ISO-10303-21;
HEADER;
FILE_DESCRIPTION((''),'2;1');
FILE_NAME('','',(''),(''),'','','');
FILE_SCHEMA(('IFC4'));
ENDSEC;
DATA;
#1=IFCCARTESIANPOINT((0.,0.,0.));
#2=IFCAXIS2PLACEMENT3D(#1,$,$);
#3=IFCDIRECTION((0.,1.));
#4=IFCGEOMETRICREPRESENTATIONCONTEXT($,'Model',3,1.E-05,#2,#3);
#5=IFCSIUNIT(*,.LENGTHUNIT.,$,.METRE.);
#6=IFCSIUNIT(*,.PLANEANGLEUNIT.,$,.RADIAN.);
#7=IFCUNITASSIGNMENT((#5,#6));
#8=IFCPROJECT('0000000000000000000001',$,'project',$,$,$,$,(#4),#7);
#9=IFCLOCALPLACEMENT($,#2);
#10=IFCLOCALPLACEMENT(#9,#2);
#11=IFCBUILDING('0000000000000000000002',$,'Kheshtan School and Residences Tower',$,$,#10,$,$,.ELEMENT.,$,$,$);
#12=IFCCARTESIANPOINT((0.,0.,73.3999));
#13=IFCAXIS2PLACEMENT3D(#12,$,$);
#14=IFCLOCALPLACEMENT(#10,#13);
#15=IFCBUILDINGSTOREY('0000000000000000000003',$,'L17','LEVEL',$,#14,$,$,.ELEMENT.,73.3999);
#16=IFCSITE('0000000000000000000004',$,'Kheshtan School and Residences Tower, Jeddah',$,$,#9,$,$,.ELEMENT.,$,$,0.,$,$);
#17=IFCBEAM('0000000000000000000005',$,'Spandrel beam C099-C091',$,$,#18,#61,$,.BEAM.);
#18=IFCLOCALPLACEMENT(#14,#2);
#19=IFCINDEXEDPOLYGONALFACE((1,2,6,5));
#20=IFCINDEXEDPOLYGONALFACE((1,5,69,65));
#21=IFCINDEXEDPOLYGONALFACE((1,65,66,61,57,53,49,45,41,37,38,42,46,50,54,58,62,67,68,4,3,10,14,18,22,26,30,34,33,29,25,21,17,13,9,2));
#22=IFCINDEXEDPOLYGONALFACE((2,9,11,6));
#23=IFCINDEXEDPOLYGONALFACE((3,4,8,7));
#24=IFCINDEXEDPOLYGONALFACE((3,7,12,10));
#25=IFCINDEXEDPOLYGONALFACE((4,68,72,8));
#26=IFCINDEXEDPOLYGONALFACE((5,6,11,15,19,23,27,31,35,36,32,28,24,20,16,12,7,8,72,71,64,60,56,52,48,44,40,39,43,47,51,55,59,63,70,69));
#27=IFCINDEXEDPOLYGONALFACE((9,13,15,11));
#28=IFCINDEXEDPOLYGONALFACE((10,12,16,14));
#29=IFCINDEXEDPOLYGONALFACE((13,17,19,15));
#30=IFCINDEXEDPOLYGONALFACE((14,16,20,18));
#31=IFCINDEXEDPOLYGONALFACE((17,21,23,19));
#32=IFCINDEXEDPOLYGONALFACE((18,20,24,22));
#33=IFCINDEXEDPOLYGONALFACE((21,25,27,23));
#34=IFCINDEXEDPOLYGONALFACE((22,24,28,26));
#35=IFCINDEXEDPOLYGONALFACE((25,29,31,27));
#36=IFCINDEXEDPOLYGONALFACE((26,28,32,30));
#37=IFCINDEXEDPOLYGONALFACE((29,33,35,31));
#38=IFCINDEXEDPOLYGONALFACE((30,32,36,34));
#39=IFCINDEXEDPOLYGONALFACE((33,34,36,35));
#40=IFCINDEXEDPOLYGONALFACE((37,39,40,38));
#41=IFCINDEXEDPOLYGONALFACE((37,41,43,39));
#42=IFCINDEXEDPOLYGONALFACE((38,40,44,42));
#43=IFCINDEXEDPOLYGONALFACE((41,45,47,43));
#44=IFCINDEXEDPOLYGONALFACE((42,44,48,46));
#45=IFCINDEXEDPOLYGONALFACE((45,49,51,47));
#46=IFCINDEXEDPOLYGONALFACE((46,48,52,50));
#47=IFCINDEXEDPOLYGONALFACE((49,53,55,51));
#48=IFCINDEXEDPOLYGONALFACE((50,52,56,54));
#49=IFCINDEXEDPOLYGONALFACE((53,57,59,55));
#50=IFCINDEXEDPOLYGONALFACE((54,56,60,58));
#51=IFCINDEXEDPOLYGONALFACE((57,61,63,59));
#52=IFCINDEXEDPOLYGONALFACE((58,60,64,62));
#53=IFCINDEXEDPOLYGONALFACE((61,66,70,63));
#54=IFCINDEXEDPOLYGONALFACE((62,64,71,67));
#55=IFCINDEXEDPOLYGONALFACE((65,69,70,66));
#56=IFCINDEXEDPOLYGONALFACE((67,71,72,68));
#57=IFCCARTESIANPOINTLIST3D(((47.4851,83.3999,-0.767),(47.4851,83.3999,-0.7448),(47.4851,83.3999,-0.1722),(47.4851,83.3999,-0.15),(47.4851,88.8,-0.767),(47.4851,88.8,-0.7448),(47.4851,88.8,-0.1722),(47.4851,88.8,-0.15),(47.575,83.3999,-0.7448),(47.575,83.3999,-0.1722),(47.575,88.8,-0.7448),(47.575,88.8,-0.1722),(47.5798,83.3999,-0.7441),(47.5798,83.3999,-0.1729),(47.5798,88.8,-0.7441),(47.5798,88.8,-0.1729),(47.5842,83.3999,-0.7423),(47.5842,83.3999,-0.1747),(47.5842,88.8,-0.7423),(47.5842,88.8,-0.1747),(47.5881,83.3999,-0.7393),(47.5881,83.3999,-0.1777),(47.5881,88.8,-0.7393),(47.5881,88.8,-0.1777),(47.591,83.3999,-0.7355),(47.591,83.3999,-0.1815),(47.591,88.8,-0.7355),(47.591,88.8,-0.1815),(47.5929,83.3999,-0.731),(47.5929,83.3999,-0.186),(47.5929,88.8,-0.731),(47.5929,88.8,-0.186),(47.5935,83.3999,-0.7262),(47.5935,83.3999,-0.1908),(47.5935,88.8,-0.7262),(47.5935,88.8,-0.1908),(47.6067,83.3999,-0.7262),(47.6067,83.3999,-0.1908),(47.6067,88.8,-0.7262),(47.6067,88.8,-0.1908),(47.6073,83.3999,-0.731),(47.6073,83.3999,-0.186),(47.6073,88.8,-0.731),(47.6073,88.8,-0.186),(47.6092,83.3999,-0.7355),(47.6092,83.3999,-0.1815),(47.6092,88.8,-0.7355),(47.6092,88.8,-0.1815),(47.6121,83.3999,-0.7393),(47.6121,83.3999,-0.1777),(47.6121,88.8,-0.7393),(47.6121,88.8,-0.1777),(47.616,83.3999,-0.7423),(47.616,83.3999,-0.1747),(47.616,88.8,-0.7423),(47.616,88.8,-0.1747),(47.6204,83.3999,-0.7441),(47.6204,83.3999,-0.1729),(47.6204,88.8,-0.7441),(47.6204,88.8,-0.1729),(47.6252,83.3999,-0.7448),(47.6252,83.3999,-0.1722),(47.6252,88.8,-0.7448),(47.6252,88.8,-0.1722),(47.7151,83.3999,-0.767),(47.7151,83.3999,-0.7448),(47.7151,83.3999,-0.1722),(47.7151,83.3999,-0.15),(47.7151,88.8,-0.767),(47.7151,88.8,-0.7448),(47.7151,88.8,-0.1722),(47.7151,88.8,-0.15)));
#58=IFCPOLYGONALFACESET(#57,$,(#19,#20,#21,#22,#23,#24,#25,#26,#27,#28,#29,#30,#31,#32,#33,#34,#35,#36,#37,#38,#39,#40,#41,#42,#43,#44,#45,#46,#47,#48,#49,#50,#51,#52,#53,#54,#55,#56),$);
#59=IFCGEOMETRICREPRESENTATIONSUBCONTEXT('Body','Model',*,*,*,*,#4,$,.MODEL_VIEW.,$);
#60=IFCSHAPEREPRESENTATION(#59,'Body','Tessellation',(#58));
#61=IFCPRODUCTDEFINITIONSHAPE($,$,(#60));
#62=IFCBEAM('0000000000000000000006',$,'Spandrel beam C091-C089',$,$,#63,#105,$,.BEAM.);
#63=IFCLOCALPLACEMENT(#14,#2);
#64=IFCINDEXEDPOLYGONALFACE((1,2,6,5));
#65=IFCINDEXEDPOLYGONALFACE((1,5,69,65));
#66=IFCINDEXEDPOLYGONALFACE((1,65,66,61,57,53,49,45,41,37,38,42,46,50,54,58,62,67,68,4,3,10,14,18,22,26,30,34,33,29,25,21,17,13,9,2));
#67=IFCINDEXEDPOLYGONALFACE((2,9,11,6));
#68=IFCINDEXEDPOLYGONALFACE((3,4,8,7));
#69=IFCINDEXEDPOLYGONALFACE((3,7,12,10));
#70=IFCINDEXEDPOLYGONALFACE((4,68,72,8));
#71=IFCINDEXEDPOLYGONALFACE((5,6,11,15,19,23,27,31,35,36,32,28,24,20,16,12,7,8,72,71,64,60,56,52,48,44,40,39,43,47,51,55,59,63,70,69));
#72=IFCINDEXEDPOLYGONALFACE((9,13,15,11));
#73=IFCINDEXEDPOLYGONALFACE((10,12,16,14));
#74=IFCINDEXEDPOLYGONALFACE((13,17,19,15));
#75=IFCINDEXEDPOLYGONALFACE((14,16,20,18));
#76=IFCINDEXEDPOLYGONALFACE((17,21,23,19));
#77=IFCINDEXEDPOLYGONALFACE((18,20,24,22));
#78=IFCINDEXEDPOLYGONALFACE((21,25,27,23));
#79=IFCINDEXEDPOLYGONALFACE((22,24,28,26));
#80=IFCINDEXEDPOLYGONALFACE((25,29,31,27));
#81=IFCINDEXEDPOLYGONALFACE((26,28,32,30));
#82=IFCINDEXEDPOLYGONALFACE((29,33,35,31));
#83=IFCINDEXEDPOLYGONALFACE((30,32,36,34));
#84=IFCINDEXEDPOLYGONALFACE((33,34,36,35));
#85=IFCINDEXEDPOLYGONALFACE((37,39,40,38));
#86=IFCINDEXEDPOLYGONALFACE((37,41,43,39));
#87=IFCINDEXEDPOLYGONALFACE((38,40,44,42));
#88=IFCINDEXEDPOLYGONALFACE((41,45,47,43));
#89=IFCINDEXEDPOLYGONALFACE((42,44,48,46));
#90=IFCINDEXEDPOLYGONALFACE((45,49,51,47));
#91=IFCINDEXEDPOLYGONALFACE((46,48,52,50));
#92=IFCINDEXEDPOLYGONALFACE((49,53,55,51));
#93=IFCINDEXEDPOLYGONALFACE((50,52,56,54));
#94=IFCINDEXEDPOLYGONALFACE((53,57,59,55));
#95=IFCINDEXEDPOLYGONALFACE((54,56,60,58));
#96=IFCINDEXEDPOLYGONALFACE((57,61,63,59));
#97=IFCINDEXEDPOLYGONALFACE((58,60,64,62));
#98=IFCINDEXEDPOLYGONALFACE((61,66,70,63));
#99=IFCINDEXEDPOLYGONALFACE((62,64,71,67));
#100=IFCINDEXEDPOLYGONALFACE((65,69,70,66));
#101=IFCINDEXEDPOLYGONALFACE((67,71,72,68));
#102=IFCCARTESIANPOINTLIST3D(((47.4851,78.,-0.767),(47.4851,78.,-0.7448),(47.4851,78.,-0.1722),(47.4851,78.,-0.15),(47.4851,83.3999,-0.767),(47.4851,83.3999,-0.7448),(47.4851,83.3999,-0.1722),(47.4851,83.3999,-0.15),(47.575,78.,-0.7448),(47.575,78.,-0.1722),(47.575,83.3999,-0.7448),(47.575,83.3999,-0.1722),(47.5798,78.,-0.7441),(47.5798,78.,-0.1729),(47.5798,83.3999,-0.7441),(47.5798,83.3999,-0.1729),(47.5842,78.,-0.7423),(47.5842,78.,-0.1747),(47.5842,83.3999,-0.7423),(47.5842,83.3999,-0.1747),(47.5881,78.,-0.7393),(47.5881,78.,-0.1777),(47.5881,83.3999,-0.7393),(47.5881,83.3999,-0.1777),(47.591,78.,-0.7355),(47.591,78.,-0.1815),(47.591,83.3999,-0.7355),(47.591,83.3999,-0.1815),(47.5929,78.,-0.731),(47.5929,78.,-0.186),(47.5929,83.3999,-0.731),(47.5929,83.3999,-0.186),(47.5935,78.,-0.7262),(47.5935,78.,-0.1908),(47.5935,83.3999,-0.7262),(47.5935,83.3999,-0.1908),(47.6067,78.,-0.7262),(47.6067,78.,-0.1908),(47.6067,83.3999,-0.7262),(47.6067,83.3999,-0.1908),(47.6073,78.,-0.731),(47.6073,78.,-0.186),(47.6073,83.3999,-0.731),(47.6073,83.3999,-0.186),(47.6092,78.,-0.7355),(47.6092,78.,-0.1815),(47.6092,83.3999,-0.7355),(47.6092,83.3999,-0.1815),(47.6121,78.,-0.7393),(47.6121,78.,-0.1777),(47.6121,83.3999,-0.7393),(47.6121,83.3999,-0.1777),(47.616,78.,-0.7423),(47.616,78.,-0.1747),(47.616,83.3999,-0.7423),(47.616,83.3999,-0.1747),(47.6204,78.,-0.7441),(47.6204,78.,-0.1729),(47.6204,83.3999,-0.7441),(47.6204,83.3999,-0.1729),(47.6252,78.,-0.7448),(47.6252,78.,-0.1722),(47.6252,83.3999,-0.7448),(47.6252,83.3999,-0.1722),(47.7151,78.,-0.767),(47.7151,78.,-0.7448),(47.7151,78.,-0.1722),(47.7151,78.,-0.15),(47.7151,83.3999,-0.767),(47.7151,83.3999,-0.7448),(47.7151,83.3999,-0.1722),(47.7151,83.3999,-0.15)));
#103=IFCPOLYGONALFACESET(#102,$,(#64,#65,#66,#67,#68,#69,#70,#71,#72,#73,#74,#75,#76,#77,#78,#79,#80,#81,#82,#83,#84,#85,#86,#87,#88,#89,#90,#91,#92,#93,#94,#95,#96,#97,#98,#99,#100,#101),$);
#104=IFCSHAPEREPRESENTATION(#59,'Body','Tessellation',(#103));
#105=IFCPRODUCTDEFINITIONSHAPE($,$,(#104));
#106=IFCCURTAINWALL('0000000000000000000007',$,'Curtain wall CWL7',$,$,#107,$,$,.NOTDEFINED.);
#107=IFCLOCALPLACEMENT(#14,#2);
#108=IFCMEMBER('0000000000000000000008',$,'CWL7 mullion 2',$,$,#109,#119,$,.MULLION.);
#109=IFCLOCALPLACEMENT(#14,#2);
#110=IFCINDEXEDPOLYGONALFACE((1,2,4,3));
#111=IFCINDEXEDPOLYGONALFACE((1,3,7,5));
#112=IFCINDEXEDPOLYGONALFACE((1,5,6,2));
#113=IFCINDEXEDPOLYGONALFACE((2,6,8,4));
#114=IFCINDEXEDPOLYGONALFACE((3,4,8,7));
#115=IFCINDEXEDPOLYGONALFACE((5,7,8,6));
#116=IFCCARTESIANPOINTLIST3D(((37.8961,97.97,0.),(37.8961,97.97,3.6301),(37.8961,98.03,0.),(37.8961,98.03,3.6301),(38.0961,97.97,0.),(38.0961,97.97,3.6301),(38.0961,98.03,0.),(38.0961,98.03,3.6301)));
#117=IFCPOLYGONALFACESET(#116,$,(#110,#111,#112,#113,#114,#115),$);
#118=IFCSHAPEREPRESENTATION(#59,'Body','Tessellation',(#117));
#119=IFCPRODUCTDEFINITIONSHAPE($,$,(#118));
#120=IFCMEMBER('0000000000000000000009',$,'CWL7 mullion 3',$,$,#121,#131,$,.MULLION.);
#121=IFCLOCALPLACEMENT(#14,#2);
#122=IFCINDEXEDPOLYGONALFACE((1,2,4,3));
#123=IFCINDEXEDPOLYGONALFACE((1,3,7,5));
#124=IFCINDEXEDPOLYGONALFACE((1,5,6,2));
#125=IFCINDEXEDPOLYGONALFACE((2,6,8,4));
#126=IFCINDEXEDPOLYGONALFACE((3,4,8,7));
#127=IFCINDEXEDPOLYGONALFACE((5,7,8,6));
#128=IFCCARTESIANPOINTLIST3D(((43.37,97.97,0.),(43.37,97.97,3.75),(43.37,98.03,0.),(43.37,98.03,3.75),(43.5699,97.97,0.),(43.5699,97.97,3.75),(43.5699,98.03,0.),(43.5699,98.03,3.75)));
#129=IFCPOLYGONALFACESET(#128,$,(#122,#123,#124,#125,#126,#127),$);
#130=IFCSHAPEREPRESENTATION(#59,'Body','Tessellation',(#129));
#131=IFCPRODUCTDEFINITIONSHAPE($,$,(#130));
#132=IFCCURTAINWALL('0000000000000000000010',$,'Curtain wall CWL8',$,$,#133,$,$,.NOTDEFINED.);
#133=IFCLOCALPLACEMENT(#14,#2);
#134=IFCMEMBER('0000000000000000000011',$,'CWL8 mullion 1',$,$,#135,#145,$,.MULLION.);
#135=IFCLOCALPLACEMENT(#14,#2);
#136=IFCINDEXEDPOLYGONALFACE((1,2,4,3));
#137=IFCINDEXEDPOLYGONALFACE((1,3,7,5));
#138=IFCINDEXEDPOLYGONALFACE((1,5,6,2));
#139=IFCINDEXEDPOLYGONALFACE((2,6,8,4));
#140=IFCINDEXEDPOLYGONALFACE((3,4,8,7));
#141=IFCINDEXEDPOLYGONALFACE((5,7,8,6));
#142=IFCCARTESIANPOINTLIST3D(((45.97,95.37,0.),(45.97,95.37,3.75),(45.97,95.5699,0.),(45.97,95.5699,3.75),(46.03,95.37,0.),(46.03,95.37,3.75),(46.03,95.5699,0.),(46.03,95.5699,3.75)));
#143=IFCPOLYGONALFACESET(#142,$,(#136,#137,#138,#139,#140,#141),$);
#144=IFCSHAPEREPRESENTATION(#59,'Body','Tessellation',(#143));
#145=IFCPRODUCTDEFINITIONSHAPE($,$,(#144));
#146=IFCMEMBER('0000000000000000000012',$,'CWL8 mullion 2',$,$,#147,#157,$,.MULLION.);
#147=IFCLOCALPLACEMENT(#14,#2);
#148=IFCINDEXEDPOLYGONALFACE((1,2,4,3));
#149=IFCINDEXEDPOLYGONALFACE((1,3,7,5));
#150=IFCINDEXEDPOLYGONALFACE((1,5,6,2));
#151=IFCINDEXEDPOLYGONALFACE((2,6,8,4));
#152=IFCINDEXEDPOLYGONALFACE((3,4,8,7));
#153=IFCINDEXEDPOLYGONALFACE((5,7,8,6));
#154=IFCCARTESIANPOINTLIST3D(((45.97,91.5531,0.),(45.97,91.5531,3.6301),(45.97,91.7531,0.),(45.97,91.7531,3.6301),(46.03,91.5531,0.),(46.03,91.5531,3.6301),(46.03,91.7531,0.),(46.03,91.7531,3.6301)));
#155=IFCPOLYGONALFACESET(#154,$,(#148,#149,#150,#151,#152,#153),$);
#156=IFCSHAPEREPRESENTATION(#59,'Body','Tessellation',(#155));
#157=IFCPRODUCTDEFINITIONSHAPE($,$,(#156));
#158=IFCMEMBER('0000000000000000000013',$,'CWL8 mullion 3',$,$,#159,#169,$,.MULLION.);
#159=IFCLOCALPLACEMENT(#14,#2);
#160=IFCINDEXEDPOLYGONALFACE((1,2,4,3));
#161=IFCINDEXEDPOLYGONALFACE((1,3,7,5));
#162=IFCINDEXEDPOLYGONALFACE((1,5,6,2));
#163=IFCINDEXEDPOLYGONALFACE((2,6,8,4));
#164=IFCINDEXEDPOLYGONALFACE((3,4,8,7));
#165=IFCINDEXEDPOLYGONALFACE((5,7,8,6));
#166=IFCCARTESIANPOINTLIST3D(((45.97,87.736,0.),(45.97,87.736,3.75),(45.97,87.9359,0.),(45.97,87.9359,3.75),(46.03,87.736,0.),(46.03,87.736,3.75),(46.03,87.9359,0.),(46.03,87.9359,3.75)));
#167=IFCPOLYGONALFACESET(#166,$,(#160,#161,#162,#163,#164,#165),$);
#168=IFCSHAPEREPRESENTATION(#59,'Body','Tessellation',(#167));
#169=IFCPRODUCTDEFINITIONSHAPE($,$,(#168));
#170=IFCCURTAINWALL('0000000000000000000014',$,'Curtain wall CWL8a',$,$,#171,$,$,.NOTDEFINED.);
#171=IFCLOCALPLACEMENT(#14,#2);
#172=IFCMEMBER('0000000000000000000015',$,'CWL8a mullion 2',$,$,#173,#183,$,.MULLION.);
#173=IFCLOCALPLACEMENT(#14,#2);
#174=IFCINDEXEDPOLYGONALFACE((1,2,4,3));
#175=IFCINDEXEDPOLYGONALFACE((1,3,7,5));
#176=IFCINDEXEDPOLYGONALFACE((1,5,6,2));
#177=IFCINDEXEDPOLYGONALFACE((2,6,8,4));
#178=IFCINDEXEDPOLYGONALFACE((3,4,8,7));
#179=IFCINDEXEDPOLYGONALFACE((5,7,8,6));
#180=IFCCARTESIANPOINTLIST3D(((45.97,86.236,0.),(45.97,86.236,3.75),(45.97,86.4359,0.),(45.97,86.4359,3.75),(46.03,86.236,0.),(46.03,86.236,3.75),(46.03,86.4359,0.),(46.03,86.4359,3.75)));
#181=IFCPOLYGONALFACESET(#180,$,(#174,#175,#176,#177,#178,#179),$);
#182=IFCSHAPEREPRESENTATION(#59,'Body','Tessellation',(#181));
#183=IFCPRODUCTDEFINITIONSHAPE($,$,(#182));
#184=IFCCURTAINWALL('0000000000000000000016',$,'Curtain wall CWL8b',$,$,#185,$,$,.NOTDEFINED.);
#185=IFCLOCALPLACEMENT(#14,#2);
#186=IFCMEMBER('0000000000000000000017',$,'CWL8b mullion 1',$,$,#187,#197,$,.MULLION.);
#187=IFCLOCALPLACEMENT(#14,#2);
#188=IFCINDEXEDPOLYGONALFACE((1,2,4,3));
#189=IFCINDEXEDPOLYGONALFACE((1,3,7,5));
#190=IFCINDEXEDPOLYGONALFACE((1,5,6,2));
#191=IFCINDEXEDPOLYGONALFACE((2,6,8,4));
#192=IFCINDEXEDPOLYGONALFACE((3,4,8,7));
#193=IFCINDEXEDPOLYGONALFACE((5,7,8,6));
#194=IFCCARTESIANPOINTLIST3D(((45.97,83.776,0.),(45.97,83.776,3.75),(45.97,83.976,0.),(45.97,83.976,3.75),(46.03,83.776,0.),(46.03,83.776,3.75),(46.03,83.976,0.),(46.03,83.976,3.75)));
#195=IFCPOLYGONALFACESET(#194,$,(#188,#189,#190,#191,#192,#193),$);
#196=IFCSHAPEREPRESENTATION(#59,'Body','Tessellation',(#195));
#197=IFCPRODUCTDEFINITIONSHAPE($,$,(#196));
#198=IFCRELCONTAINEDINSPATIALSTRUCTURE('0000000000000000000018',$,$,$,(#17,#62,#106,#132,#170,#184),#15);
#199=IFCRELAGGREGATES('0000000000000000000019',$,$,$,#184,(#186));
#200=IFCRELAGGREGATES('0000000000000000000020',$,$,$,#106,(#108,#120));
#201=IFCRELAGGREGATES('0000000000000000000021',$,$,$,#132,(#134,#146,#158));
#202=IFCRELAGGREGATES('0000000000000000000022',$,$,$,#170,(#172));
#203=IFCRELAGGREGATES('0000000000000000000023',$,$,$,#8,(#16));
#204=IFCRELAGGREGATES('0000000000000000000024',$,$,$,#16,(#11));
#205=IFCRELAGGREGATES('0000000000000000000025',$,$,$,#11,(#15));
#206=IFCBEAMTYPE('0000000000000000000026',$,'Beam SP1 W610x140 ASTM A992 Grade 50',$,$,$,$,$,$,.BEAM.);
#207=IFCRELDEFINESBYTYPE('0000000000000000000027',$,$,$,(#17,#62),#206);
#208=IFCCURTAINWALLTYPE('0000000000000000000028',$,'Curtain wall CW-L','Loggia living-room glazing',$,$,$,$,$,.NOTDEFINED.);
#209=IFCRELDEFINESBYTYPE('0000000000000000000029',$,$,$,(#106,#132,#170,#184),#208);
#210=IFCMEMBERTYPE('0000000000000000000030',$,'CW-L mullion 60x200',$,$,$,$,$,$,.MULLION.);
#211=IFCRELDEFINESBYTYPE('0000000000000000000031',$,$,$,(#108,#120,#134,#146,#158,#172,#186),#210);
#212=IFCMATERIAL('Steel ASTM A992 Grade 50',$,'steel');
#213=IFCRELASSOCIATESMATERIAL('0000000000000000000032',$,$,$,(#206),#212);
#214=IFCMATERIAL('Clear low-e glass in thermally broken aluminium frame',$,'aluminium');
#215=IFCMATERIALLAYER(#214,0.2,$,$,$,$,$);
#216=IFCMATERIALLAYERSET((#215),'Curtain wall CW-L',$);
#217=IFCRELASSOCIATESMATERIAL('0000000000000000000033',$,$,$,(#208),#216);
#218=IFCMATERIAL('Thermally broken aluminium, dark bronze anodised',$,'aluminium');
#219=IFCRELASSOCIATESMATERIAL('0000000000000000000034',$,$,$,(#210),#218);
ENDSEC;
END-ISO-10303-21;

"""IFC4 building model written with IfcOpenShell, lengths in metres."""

from ifc_helpers import new_model, si_unit, direction, frame, origin, origin_2d, place, context, subcontext, project, spatial, rectangle, i_section, extrude, material, layer, layer_set, material_profile, profile_set, type_object, element, aggregate, save


model = new_model("IFC4")

# Units and contexts
model_context = context("Model", 3, precision=1e-05, world=origin(), true_north=direction((0.0, 1.0)))
body_context = subcontext(model_context, "Body", "Model", "MODEL_VIEW")
ifc_project = project(units=[si_unit("LENGTHUNIT", "METRE"), si_unit("PLANEANGLEUNIT", "RADIAN")], contexts=[model_context])

# Site, building, storey
site_placement = place(None, origin())
site = spatial("IfcSite", under=ifc_project, at=site_placement, Name="Kheshtan School and Residences Tower, Jeddah", CompositionType="ELEMENT", RefElevation=0.0)
building_placement = place(site_placement, origin())
building = spatial("IfcBuilding", under=site, at=building_placement, Name="Kheshtan School and Residences Tower", CompositionType="ELEMENT")
storey_placement = place(building_placement, frame((0.0, 0.0, 73.3999)))
storey = spatial("IfcBuildingStorey", under=building, at=storey_placement, Name="L17", Description="LEVEL", CompositionType="ELEMENT", Elevation=73.3999)

# Shared definitions
ifc_material_1 = material(Name="Steel ASTM A992 Grade 50", Category="steel")

# Beams
ifc_material_profile_1 = material_profile(ifc_material_1, i_section(OverallWidth=0.23, OverallDepth=0.6169, WebThickness=0.0132, FlangeThickness=0.0222, FilletRadius=0.0186, at=origin_2d()), Name="W610x140")
ifc_profile_set_1 = profile_set([ifc_material_profile_1], Name="Steel ASTM A992 Grade 50")
beam_type = type_object("IfcBeamType", Name="Beam SP1 W610x140 ASTM A992 Grade 50", PredefinedType="BEAM", material=ifc_profile_set_1)
beam_1_placement = place(storey_placement, frame((47.6001, 88.8, -0.4585), z_axis=(0.0, -1.0, 0.0), x_axis=(1.0, 0.0, 0.0)))
element("IfcBeam", 1, at=beam_1_placement, inside=storey, type_object=beam_type, Name="Spandrel beam C099-C091", PredefinedType="BEAM", context=body_context, shape_type="SweptSolid", body=[
    extrude(i_section(OverallWidth=0.23, OverallDepth=0.6169, WebThickness=0.0132, FlangeThickness=0.0222, FilletRadius=0.0186, at=origin_2d()), origin(), (0.0, 0.0, 1.0), 5.4001),
])
beam_2_placement = place(storey_placement, frame((47.6001, 83.3999, -0.4585), z_axis=(0.0, -1.0, 0.0), x_axis=(1.0, 0.0, 0.0)))
element("IfcBeam", 2, at=beam_2_placement, inside=storey, type_object=beam_type, Name="Spandrel beam C091-C089", PredefinedType="BEAM", context=body_context, shape_type="SweptSolid", body=[
    extrude(i_section(OverallWidth=0.23, OverallDepth=0.6169, WebThickness=0.0132, FlangeThickness=0.0222, FilletRadius=0.0186, at=origin_2d()), origin(), (0.0, 0.0, 1.0), 5.3999),
])

# Curtain walls, members
ifc_material_2 = material(Name="Clear low-e glass in thermally broken aluminium frame", Category="aluminium")
ifc_layer_1 = layer(ifc_material_2, 0.2)
ifc_layer_set_1 = layer_set([ifc_layer_1], Name="Curtain wall CW-L")
curtain_wall_type = type_object("IfcCurtainWallType", Name="Curtain wall CW-L", Description="Loggia living-room glazing", PredefinedType="NOTDEFINED", material=ifc_layer_set_1)
curtain_wall_1_placement = place(storey_placement, origin())
curtain_wall_1 = element("IfcCurtainWall", 3, at=curtain_wall_1_placement, inside=storey, type_object=curtain_wall_type, Name="Curtain wall CWL7", PredefinedType="NOTDEFINED")
ifc_material_3 = material(Name="Thermally broken aluminium, dark bronze anodised", Category="aluminium")
ifc_material_profile_2 = material_profile(ifc_material_3, rectangle(XDim=0.0601, YDim=0.2, at=origin_2d()), Name="CW-L mullion 60x200")
ifc_profile_set_2 = profile_set([ifc_material_profile_2], Name="Thermally broken aluminium, dark bronze anodised")
member_type_1 = type_object("IfcMemberType", Name="CW-L mullion 60x200", PredefinedType="MULLION", material=ifc_profile_set_2)
member_1_placement = place(storey_placement, frame((37.9961, 98.0, 0.0), z_axis=(0.0, 0.0, 1.0), x_axis=(0.0, 1.0, 0.0)))
member_1 = element("IfcMember", 4, at=member_1_placement, type_object=member_type_1, Name="CWL7 mullion 2", PredefinedType="MULLION", context=body_context, shape_type="SweptSolid", body=[
    extrude(rectangle(XDim=0.0601, YDim=0.2, at=origin_2d()), origin(), (0.0, 0.0, 1.0), 3.6301),
])
member_2_placement = place(storey_placement, frame((43.47, 98.0, 0.0), z_axis=(0.0, 0.0, 1.0), x_axis=(0.0, 1.0, 0.0)))
member_2 = element("IfcMember", 5, at=member_2_placement, type_object=member_type_1, Name="CWL7 mullion 3", PredefinedType="MULLION", context=body_context, shape_type="SweptSolid", body=[
    extrude(rectangle(XDim=0.0601, YDim=0.2, at=origin_2d()), origin(), (0.0, 0.0, 1.0), 3.75),
])
curtain_wall_2_placement = place(storey_placement, origin())
curtain_wall_2 = element("IfcCurtainWall", 6, at=curtain_wall_2_placement, inside=storey, type_object=curtain_wall_type, Name="Curtain wall CWL8", PredefinedType="NOTDEFINED")
member_3_placement = place(storey_placement, frame((46.0, 95.47, 0.0), z_axis=(0.0, 0.0, 1.0), x_axis=(1.0, 0.0, 0.0)))
member_3 = element("IfcMember", 7, at=member_3_placement, type_object=member_type_1, Name="CWL8 mullion 1", PredefinedType="MULLION", context=body_context, shape_type="SweptSolid", body=[
    extrude(rectangle(XDim=0.0601, YDim=0.2, at=origin_2d()), origin(), (0.0, 0.0, 1.0), 3.75),
])
member_4_placement = place(storey_placement, frame((46.0, 91.6531, 0.0), z_axis=(0.0, 0.0, 1.0), x_axis=(1.0, 0.0, 0.0)))
member_4 = element("IfcMember", 8, at=member_4_placement, type_object=member_type_1, Name="CWL8 mullion 2", PredefinedType="MULLION", context=body_context, shape_type="SweptSolid", body=[
    extrude(rectangle(XDim=0.0601, YDim=0.2, at=origin_2d()), origin(), (0.0, 0.0, 1.0), 3.6301),
])
member_5_placement = place(storey_placement, frame((46.0, 87.8359, 0.0), z_axis=(0.0, 0.0, 1.0), x_axis=(1.0, 0.0, 0.0)))
member_5 = element("IfcMember", 9, at=member_5_placement, type_object=member_type_1, Name="CWL8 mullion 3", PredefinedType="MULLION", context=body_context, shape_type="SweptSolid", body=[
    extrude(rectangle(XDim=0.0601, YDim=0.2, at=origin_2d()), origin(), (0.0, 0.0, 1.0), 3.75),
])

# Curtain walls, members
curtain_wall_3_placement = place(storey_placement, origin())
curtain_wall_3 = element("IfcCurtainWall", 10, at=curtain_wall_3_placement, inside=storey, type_object=curtain_wall_type, Name="Curtain wall CWL8a", PredefinedType="NOTDEFINED")
member_6_placement = place(storey_placement, frame((46.0, 86.3359, 0.0), z_axis=(0.0, 0.0, 1.0), x_axis=(1.0, 0.0, 0.0)))
member_6 = element("IfcMember", 11, at=member_6_placement, type_object=member_type_1, Name="CWL8a mullion 2", PredefinedType="MULLION", context=body_context, shape_type="SweptSolid", body=[
    extrude(rectangle(XDim=0.0601, YDim=0.2, at=origin_2d()), origin(), (0.0, 0.0, 1.0), 3.75),
])
curtain_wall_4_placement = place(storey_placement, origin())
curtain_wall_4 = element("IfcCurtainWall", 12, at=curtain_wall_4_placement, inside=storey, type_object=curtain_wall_type, Name="Curtain wall CWL8b", PredefinedType="NOTDEFINED")
member_7_placement = place(storey_placement, frame((46.0, 83.876, 0.0), z_axis=(0.0, 0.0, 1.0), x_axis=(1.0, 0.0, 0.0)))
member_7 = element("IfcMember", 13, at=member_7_placement, type_object=member_type_1, Name="CWL8b mullion 1", PredefinedType="MULLION", context=body_context, shape_type="SweptSolid", body=[
    extrude(rectangle(XDim=0.0601, YDim=0.2, at=origin_2d()), origin(), (0.0, 0.0, 1.0), 3.75),
])

aggregate(curtain_wall_4, [member_7])

aggregate(curtain_wall_1, [member_1, member_2])
aggregate(curtain_wall_2, [member_3, member_4, member_5])
aggregate(curtain_wall_3, [member_6])

save(model, "model.ifc")
